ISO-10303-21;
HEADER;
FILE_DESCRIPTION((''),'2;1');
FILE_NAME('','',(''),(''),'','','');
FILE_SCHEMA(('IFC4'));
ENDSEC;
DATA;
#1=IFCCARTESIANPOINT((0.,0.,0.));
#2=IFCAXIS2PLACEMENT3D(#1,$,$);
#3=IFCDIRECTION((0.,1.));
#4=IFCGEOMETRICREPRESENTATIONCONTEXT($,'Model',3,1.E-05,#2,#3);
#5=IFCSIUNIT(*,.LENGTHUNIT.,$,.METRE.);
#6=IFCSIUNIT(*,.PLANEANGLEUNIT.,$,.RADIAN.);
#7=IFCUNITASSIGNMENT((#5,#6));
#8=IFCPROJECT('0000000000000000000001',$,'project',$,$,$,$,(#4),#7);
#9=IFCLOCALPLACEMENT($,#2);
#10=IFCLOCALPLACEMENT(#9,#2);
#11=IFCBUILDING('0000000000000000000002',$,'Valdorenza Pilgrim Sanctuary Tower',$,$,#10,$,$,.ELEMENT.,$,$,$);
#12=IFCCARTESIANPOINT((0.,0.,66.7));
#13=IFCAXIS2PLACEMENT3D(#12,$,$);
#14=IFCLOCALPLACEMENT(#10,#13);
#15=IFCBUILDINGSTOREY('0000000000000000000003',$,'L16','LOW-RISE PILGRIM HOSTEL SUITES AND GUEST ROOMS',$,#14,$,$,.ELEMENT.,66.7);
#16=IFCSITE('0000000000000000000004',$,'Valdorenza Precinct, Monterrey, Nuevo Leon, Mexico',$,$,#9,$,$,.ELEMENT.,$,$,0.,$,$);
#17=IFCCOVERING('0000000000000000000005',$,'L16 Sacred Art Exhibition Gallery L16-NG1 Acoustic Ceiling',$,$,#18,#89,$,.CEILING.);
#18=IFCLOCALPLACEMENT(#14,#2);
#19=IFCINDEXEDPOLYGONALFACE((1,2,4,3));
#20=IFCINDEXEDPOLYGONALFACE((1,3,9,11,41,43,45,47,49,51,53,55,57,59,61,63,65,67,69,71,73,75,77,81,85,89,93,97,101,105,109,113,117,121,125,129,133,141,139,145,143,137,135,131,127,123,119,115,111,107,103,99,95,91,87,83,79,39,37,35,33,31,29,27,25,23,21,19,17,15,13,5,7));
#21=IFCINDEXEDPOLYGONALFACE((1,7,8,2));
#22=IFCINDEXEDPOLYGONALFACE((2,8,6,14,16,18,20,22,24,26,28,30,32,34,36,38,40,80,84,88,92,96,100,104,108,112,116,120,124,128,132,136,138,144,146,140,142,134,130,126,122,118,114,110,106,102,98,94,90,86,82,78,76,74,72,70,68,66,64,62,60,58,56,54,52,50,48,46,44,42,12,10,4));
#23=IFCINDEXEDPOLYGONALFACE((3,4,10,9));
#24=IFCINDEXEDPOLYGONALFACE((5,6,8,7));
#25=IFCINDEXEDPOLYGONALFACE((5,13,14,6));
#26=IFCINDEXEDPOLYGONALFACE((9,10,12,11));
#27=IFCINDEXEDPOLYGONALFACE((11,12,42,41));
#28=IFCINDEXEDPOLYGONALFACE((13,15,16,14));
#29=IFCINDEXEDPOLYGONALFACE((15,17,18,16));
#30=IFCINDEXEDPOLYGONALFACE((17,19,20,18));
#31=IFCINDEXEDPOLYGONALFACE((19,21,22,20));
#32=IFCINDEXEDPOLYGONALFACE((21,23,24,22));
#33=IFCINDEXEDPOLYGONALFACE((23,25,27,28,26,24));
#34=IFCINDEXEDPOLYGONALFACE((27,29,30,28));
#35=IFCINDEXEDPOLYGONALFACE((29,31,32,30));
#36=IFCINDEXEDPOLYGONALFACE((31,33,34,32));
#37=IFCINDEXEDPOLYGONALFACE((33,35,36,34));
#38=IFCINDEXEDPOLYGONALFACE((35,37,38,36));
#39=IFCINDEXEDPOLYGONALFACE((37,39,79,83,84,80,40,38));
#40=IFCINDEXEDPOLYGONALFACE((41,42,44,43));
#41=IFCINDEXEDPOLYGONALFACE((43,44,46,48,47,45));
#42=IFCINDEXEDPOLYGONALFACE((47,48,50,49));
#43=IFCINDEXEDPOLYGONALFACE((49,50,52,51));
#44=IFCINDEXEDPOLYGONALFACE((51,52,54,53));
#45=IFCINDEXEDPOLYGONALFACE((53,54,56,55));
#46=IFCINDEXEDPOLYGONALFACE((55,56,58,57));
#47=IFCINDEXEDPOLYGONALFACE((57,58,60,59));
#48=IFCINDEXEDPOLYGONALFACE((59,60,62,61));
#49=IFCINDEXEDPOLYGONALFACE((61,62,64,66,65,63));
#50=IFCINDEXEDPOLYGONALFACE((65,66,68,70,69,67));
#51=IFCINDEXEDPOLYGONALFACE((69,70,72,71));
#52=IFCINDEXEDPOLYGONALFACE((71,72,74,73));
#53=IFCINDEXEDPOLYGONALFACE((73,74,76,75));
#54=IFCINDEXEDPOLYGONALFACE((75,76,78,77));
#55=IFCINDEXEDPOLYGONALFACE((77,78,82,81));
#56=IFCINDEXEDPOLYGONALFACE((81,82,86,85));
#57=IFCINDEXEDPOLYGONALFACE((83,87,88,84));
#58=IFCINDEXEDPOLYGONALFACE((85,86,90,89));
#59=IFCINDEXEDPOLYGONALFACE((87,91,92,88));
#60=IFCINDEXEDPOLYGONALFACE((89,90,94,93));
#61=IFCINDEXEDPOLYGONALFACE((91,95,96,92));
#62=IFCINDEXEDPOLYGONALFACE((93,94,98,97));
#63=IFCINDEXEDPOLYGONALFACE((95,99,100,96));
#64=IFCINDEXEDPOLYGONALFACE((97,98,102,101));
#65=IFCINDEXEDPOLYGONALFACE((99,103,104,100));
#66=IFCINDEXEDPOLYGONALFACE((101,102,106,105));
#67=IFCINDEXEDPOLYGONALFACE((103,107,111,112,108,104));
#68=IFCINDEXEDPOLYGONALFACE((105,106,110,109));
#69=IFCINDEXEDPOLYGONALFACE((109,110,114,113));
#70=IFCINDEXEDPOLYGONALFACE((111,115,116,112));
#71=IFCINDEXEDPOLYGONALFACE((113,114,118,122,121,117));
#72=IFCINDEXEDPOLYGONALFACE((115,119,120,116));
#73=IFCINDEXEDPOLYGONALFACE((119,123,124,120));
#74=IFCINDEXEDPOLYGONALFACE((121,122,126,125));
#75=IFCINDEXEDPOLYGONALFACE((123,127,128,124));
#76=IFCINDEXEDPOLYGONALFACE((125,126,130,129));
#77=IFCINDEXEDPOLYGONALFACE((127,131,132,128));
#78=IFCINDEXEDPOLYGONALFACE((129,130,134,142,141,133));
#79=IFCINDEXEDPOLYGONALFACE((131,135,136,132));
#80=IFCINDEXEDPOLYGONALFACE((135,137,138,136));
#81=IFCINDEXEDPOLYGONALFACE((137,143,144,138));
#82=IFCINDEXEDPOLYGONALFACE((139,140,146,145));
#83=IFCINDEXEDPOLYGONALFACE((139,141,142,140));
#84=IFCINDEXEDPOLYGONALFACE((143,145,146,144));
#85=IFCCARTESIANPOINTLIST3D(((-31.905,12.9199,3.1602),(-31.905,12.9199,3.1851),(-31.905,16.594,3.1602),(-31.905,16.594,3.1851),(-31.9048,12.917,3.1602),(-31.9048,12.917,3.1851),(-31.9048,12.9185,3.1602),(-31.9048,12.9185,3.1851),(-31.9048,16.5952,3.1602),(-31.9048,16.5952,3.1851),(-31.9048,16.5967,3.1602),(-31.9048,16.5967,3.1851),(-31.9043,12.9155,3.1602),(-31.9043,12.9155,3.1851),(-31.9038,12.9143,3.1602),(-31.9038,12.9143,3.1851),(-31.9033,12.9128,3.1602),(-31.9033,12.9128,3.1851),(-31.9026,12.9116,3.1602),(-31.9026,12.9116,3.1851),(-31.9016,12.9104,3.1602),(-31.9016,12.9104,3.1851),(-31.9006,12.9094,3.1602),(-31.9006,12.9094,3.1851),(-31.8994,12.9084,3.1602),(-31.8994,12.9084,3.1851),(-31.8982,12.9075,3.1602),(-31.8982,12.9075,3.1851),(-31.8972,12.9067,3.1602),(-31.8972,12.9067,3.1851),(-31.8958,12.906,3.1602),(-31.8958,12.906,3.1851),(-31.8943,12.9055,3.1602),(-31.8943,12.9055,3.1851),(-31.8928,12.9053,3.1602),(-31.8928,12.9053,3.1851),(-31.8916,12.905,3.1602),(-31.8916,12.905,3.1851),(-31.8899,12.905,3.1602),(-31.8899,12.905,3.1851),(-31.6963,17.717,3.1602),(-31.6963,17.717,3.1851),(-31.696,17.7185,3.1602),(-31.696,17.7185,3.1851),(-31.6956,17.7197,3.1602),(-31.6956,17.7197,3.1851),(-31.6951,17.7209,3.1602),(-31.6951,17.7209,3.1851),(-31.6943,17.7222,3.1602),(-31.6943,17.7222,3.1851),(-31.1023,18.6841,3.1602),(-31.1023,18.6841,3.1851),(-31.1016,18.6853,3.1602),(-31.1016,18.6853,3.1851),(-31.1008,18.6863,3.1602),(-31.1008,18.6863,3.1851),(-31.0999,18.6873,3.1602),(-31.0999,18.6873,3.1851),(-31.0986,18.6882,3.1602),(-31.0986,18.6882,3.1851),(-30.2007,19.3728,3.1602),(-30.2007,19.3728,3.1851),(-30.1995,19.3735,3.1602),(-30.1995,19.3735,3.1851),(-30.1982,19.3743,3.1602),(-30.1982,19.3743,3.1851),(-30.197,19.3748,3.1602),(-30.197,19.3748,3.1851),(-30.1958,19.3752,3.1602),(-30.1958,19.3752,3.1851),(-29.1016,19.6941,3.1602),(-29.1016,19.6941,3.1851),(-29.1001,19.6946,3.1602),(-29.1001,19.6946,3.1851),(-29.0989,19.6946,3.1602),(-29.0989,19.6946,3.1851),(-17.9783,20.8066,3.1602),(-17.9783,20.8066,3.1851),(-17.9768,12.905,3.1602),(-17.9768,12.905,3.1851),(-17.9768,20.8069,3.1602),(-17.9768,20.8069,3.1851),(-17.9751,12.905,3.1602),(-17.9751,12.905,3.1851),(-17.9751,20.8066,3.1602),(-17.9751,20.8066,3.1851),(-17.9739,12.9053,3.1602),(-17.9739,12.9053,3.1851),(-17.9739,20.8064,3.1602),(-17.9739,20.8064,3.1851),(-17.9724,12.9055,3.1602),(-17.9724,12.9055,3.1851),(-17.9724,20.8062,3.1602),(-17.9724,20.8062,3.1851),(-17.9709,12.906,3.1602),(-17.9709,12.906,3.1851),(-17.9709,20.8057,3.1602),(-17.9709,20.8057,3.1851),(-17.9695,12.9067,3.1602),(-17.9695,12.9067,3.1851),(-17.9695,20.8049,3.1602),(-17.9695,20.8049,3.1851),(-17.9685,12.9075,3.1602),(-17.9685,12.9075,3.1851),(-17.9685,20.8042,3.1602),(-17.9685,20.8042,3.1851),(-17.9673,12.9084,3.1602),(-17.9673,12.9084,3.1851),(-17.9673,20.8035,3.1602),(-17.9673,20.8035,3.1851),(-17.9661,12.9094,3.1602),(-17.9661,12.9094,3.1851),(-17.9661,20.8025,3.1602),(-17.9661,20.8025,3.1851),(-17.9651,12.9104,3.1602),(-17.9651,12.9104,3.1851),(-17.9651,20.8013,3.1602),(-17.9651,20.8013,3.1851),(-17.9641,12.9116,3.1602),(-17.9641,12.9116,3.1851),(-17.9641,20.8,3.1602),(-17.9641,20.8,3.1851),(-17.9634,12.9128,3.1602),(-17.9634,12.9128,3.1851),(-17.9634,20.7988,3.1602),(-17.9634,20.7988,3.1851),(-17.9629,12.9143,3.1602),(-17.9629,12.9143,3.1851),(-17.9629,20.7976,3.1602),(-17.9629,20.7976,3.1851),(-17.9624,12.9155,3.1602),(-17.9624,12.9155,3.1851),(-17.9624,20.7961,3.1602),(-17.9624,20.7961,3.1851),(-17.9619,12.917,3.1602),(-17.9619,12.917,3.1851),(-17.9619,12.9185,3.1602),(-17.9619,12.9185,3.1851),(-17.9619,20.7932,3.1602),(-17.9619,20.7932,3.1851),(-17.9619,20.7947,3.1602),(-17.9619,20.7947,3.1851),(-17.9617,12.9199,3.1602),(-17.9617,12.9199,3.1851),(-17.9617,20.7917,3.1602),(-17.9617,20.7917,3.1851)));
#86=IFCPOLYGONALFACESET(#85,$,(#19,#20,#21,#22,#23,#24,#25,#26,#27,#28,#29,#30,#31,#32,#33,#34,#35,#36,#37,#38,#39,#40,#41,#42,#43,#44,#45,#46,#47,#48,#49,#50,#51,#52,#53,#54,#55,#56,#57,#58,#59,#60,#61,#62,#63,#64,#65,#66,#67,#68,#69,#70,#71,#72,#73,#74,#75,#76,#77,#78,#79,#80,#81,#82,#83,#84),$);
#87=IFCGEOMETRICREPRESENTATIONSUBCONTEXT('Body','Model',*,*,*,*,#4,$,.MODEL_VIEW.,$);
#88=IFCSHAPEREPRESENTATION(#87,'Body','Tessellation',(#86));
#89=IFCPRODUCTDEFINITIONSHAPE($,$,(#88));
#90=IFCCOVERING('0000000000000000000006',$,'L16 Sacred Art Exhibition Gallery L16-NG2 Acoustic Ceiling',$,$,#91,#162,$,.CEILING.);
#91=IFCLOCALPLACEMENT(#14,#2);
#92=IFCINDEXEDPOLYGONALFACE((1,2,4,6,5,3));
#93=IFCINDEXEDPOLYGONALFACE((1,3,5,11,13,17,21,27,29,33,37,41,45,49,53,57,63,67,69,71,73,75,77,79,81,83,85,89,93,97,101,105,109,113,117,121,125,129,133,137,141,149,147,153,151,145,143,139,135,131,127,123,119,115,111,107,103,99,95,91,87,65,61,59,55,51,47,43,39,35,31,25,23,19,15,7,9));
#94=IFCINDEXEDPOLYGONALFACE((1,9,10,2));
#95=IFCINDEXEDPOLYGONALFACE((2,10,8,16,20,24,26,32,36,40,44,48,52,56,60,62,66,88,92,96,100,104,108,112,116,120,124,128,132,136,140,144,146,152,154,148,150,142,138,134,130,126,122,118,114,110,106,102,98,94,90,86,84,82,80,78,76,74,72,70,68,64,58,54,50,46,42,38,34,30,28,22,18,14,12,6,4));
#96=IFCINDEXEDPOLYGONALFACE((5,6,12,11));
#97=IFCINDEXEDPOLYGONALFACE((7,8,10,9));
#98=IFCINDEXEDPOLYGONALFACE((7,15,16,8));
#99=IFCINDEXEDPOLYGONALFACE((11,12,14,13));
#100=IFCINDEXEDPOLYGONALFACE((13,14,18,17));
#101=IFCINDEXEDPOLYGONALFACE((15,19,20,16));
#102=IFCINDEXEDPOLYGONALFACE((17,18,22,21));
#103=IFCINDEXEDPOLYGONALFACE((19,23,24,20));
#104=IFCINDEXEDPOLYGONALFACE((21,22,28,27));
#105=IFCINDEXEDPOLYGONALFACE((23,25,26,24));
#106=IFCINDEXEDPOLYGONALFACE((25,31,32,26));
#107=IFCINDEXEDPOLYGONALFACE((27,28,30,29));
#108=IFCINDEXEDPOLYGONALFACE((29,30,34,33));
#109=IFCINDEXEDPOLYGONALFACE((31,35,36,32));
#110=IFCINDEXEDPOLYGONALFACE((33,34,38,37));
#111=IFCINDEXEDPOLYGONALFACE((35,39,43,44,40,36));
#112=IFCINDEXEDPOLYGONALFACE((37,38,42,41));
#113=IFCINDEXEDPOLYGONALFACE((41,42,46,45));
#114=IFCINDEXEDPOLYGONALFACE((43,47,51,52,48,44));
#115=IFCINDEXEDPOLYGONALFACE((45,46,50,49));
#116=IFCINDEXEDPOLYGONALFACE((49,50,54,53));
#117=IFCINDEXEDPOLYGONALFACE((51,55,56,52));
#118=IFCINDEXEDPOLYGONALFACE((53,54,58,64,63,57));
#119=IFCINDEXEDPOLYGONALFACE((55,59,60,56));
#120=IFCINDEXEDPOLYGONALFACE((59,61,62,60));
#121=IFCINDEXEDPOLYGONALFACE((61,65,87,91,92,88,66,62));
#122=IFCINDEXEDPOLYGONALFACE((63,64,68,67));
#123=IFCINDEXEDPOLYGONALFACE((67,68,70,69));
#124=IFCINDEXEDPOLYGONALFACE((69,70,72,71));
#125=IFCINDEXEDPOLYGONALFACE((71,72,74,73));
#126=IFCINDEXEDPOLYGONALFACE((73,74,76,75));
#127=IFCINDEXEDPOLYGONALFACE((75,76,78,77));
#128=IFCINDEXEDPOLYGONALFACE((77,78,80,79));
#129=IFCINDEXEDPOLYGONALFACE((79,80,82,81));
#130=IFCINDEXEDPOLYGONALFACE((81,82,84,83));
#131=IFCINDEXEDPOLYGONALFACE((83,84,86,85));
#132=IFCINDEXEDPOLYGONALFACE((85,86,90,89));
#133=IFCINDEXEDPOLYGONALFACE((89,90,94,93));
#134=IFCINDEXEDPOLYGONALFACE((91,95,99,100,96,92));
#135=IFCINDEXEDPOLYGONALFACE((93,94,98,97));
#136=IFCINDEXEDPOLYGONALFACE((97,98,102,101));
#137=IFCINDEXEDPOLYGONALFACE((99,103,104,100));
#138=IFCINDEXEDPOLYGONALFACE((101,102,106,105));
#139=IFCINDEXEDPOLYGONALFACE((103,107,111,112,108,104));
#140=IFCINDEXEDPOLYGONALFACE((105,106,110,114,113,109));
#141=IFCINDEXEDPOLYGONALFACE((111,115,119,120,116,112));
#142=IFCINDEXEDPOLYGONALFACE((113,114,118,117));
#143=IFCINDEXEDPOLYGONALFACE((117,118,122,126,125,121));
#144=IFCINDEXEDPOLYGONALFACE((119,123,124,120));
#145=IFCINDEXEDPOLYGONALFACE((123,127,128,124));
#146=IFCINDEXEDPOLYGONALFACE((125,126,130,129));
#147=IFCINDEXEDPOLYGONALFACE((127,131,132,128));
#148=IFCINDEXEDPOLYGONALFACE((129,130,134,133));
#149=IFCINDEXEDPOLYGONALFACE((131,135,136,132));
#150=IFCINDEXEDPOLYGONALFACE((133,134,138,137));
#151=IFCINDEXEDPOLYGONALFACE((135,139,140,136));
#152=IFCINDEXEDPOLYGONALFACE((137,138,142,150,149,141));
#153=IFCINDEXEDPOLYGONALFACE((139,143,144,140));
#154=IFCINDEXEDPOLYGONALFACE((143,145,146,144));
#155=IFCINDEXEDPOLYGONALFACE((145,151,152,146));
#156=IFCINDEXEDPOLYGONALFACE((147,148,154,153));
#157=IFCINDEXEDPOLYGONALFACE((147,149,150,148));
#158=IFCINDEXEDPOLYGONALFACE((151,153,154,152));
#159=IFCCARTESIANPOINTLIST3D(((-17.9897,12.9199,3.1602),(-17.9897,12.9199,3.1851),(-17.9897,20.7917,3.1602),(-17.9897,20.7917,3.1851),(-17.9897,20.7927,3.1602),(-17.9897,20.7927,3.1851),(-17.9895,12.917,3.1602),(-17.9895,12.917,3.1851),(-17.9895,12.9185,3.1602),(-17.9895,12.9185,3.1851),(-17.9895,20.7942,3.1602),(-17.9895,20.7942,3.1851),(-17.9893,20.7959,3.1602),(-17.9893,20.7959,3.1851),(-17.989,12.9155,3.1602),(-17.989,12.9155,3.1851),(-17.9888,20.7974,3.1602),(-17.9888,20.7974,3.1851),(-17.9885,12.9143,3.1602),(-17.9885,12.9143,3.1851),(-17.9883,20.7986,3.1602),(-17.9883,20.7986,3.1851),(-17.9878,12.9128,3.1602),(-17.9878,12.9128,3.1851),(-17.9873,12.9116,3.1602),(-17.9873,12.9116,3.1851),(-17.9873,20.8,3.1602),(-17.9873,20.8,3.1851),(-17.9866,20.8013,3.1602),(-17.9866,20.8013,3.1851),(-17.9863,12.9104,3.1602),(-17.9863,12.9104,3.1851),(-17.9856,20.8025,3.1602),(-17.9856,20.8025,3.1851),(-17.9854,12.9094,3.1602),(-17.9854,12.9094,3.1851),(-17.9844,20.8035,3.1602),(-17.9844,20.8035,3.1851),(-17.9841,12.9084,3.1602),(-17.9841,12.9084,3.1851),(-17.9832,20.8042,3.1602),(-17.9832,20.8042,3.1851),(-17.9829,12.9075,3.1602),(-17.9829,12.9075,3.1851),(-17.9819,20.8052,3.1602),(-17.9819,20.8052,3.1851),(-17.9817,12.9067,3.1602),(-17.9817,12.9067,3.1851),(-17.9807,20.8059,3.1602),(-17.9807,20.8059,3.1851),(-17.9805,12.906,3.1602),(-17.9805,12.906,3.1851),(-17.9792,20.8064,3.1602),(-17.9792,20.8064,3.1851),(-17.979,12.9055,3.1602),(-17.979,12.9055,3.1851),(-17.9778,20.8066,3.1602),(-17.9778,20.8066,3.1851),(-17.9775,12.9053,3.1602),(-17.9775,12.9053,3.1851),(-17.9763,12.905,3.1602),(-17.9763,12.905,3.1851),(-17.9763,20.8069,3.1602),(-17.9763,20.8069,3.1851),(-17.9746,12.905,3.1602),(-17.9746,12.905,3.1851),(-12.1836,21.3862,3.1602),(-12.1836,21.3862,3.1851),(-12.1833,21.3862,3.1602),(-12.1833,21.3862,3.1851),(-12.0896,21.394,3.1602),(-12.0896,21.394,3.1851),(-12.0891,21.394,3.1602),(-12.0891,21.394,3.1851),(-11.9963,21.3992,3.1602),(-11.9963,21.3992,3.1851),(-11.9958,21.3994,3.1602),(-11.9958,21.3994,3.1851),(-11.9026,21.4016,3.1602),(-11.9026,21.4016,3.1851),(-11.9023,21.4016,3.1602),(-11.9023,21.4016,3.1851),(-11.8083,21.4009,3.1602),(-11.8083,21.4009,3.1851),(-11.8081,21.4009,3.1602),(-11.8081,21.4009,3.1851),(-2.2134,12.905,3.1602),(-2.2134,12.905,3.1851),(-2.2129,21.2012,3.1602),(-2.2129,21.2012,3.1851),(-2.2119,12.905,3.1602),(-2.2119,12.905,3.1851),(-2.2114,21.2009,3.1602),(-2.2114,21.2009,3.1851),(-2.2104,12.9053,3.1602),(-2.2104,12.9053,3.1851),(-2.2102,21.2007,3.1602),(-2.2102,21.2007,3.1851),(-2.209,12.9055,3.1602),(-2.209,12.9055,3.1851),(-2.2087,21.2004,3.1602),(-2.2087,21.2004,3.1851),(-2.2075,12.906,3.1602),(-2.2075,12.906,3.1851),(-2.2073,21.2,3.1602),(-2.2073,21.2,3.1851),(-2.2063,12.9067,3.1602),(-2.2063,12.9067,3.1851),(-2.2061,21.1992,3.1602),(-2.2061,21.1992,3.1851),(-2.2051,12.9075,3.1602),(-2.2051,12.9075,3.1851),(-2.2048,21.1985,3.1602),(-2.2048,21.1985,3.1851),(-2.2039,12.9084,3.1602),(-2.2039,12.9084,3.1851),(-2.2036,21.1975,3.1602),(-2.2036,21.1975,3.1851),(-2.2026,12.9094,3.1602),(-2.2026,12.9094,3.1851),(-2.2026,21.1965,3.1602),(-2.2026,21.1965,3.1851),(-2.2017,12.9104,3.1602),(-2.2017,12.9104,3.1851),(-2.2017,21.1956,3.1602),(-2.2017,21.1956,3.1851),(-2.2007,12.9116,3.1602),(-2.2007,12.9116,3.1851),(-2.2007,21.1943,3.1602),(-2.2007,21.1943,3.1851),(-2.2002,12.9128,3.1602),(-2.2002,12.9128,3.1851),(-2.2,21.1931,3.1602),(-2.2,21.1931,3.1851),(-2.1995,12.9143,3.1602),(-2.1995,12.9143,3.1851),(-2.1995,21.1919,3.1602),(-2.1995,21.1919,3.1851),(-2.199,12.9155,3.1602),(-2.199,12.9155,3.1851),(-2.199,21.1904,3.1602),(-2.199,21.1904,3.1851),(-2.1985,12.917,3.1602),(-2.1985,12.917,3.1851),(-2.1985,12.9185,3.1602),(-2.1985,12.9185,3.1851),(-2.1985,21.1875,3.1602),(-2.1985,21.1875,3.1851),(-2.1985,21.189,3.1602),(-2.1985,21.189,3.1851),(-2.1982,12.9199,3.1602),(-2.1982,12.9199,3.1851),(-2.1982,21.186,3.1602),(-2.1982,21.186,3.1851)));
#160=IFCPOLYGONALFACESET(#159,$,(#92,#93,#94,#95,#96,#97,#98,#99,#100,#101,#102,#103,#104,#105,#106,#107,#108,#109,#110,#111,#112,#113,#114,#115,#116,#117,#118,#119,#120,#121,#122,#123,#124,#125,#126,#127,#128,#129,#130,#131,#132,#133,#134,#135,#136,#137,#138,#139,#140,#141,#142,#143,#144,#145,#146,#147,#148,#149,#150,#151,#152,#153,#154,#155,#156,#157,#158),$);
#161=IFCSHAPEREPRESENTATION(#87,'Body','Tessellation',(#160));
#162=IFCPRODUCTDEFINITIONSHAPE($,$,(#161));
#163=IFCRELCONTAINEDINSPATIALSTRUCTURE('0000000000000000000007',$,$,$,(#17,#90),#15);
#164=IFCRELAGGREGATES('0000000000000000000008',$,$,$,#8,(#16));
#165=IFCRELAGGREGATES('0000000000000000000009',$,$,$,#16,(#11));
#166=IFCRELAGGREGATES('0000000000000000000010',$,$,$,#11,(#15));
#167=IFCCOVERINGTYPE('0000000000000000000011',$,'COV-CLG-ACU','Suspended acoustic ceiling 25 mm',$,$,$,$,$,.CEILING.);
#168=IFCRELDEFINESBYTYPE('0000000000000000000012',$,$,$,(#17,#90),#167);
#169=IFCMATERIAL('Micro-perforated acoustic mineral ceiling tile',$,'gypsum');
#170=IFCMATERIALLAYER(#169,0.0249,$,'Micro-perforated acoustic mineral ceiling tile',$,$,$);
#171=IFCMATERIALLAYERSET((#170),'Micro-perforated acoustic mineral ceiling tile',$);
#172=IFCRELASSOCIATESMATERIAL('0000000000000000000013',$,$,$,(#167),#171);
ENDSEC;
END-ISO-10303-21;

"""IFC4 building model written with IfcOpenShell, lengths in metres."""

from ifc_helpers import new_model, si_unit, direction, frame, origin, place, context, subcontext, project, spatial, polyline, outline, extrude, material, layer, layer_set, type_object, element, save


model = new_model("IFC4")

# Units and contexts
model_context = context("Model", 3, precision=1e-05, world=origin(), true_north=direction((0.0, 1.0)))
body_context = subcontext(model_context, "Body", "Model", "MODEL_VIEW")
ifc_project = project(units=[si_unit("LENGTHUNIT", "METRE"), si_unit("PLANEANGLEUNIT", "RADIAN")], contexts=[model_context])

# Site, building, storey
site_placement = place(None, origin())
site = spatial("IfcSite", under=ifc_project, at=site_placement, Name="Valdorenza Precinct, Monterrey, Nuevo Leon, Mexico", CompositionType="ELEMENT", RefElevation=0.0)
building_placement = place(site_placement, origin())
building = spatial("IfcBuilding", under=site, at=building_placement, Name="Valdorenza Pilgrim Sanctuary Tower", CompositionType="ELEMENT")
storey_placement = place(building_placement, frame((0.0, 0.0, 66.7)))
storey = spatial("IfcBuildingStorey", under=building, at=storey_placement, Name="L16", Description="LOW-RISE PILGRIM HOSTEL SUITES AND GUEST ROOMS", CompositionType="ELEMENT", Elevation=66.7)

# Coverings
ifc_material_1 = material(Name="Micro-perforated acoustic mineral ceiling tile", Category="gypsum")
ifc_layer_1 = layer(ifc_material_1, 0.0249, Name="Micro-perforated acoustic mineral ceiling tile")
ifc_layer_set_1 = layer_set([ifc_layer_1], Name="Micro-perforated acoustic mineral ceiling tile")
covering_type_1 = type_object("IfcCoveringType", Name="COV-CLG-ACU", Description="Suspended acoustic ceiling 25 mm", PredefinedType="CEILING", material=ifc_layer_set_1)
covering_1_placement = place(storey_placement, frame((0.0, 0.0, 3.1602)))
element("IfcCovering", 1, at=covering_1_placement, inside=storey, type_object=covering_type_1, Name="L16 Sacred Art Exhibition Gallery L16-NG1 Acoustic Ceiling", PredefinedType="CEILING", context=body_context, shape_type="SweptSolid", body=[
    extrude(outline(polyline([(-31.8899, 12.905), (-31.8916, 12.905), (-31.8928, 12.9053), (-31.8943, 12.9055), (-31.8958, 12.906), (-31.8972, 12.9067), (-31.8982, 12.9075), (-31.8994, 12.9084), (-31.9006, 12.9094), (-31.9016, 12.9104), (-31.9026, 12.9116), (-31.9033, 12.9128), (-31.9038, 12.9143), (-31.9043, 12.9155), (-31.9048, 12.917), (-31.9048, 12.9185), (-31.905, 12.9199), (-31.905, 16.594), (-31.9048, 16.5952), (-31.9048, 16.5967), (-31.6963, 17.717), (-31.696, 17.7185), (-31.6956, 17.7197), (-31.6951, 17.7209), (-31.6943, 17.7222), (-31.1023, 18.6841), (-31.1016, 18.6853), (-31.1008, 18.6863), (-31.0999, 18.6873), (-31.0986, 18.6882), (-30.2007, 19.3728), (-30.1995, 19.3735), (-30.1982, 19.3743), (-30.197, 19.3748), (-30.1958, 19.3752), (-29.1016, 19.6941), (-29.1001, 19.6946), (-29.0989, 19.6946), (-17.9783, 20.8066), (-17.9768, 20.8069), (-17.9751, 20.8066), (-17.9739, 20.8064), (-17.9724, 20.8062), (-17.9709, 20.8057), (-17.9695, 20.8049), (-17.9685, 20.8042), (-17.9673, 20.8035), (-17.9661, 20.8025), (-17.9651, 20.8013), (-17.9641, 20.8), (-17.9634, 20.7988), (-17.9629, 20.7976), (-17.9624, 20.7961), (-17.9619, 20.7947), (-17.9619, 20.7932), (-17.9617, 20.7917), (-17.9617, 12.9199), (-17.9619, 12.9185), (-17.9619, 12.917), (-17.9624, 12.9155), (-17.9629, 12.9143), (-17.9634, 12.9128), (-17.9641, 12.9116), (-17.9651, 12.9104), (-17.9661, 12.9094), (-17.9673, 12.9084), (-17.9685, 12.9075), (-17.9695, 12.9067), (-17.9709, 12.906), (-17.9724, 12.9055), (-17.9739, 12.9053), (-17.9751, 12.905), (-17.9768, 12.905), (-31.8899, 12.905)])), origin(), (0.0, 0.0, 1.0), 0.0249),
])
covering_2_placement = place(storey_placement, frame((0.0, 0.0, 3.1602)))
element("IfcCovering", 2, at=covering_2_placement, inside=storey, type_object=covering_type_1, Name="L16 Sacred Art Exhibition Gallery L16-NG2 Acoustic Ceiling", PredefinedType="CEILING", context=body_context, shape_type="SweptSolid", body=[
    extrude(outline(polyline([(-17.9897, 20.7917), (-17.9897, 20.7927), (-17.9895, 20.7942), (-17.9893, 20.7959), (-17.9888, 20.7974), (-17.9883, 20.7986), (-17.9873, 20.8), (-17.9866, 20.8013), (-17.9856, 20.8025), (-17.9844, 20.8035), (-17.9832, 20.8042), (-17.9819, 20.8052), (-17.9807, 20.8059), (-17.9792, 20.8064), (-17.9778, 20.8066), (-17.9763, 20.8069), (-12.1836, 21.3862), (-12.1833, 21.3862), (-12.0896, 21.394), (-12.0891, 21.394), (-11.9963, 21.3992), (-11.9958, 21.3994), (-11.9026, 21.4016), (-11.9023, 21.4016), (-11.8083, 21.4009), (-11.8081, 21.4009), (-2.2129, 21.2012), (-2.2114, 21.2009), (-2.2102, 21.2007), (-2.2087, 21.2004), (-2.2073, 21.2), (-2.2061, 21.1992), (-2.2048, 21.1985), (-2.2036, 21.1975), (-2.2026, 21.1965), (-2.2017, 21.1956), (-2.2007, 21.1943), (-2.2, 21.1931), (-2.1995, 21.1919), (-2.199, 21.1904), (-2.1985, 21.189), (-2.1985, 21.1875), (-2.1982, 21.186), (-2.1982, 12.9199), (-2.1985, 12.9185), (-2.1985, 12.917), (-2.199, 12.9155), (-2.1995, 12.9143), (-2.2002, 12.9128), (-2.2007, 12.9116), (-2.2017, 12.9104), (-2.2026, 12.9094), (-2.2039, 12.9084), (-2.2051, 12.9075), (-2.2063, 12.9067), (-2.2075, 12.906), (-2.209, 12.9055), (-2.2104, 12.9053), (-2.2119, 12.905), (-2.2134, 12.905), (-17.9746, 12.905), (-17.9763, 12.905), (-17.9775, 12.9053), (-17.979, 12.9055), (-17.9805, 12.906), (-17.9817, 12.9067), (-17.9829, 12.9075), (-17.9841, 12.9084), (-17.9854, 12.9094), (-17.9863, 12.9104), (-17.9873, 12.9116), (-17.9878, 12.9128), (-17.9885, 12.9143), (-17.989, 12.9155), (-17.9895, 12.917), (-17.9895, 12.9185), (-17.9897, 12.9199), (-17.9897, 20.7917), (-17.9897, 20.7917)])), origin(), (0.0, 0.0, 1.0), 0.0249),
])

save(model, "model.ifc")
